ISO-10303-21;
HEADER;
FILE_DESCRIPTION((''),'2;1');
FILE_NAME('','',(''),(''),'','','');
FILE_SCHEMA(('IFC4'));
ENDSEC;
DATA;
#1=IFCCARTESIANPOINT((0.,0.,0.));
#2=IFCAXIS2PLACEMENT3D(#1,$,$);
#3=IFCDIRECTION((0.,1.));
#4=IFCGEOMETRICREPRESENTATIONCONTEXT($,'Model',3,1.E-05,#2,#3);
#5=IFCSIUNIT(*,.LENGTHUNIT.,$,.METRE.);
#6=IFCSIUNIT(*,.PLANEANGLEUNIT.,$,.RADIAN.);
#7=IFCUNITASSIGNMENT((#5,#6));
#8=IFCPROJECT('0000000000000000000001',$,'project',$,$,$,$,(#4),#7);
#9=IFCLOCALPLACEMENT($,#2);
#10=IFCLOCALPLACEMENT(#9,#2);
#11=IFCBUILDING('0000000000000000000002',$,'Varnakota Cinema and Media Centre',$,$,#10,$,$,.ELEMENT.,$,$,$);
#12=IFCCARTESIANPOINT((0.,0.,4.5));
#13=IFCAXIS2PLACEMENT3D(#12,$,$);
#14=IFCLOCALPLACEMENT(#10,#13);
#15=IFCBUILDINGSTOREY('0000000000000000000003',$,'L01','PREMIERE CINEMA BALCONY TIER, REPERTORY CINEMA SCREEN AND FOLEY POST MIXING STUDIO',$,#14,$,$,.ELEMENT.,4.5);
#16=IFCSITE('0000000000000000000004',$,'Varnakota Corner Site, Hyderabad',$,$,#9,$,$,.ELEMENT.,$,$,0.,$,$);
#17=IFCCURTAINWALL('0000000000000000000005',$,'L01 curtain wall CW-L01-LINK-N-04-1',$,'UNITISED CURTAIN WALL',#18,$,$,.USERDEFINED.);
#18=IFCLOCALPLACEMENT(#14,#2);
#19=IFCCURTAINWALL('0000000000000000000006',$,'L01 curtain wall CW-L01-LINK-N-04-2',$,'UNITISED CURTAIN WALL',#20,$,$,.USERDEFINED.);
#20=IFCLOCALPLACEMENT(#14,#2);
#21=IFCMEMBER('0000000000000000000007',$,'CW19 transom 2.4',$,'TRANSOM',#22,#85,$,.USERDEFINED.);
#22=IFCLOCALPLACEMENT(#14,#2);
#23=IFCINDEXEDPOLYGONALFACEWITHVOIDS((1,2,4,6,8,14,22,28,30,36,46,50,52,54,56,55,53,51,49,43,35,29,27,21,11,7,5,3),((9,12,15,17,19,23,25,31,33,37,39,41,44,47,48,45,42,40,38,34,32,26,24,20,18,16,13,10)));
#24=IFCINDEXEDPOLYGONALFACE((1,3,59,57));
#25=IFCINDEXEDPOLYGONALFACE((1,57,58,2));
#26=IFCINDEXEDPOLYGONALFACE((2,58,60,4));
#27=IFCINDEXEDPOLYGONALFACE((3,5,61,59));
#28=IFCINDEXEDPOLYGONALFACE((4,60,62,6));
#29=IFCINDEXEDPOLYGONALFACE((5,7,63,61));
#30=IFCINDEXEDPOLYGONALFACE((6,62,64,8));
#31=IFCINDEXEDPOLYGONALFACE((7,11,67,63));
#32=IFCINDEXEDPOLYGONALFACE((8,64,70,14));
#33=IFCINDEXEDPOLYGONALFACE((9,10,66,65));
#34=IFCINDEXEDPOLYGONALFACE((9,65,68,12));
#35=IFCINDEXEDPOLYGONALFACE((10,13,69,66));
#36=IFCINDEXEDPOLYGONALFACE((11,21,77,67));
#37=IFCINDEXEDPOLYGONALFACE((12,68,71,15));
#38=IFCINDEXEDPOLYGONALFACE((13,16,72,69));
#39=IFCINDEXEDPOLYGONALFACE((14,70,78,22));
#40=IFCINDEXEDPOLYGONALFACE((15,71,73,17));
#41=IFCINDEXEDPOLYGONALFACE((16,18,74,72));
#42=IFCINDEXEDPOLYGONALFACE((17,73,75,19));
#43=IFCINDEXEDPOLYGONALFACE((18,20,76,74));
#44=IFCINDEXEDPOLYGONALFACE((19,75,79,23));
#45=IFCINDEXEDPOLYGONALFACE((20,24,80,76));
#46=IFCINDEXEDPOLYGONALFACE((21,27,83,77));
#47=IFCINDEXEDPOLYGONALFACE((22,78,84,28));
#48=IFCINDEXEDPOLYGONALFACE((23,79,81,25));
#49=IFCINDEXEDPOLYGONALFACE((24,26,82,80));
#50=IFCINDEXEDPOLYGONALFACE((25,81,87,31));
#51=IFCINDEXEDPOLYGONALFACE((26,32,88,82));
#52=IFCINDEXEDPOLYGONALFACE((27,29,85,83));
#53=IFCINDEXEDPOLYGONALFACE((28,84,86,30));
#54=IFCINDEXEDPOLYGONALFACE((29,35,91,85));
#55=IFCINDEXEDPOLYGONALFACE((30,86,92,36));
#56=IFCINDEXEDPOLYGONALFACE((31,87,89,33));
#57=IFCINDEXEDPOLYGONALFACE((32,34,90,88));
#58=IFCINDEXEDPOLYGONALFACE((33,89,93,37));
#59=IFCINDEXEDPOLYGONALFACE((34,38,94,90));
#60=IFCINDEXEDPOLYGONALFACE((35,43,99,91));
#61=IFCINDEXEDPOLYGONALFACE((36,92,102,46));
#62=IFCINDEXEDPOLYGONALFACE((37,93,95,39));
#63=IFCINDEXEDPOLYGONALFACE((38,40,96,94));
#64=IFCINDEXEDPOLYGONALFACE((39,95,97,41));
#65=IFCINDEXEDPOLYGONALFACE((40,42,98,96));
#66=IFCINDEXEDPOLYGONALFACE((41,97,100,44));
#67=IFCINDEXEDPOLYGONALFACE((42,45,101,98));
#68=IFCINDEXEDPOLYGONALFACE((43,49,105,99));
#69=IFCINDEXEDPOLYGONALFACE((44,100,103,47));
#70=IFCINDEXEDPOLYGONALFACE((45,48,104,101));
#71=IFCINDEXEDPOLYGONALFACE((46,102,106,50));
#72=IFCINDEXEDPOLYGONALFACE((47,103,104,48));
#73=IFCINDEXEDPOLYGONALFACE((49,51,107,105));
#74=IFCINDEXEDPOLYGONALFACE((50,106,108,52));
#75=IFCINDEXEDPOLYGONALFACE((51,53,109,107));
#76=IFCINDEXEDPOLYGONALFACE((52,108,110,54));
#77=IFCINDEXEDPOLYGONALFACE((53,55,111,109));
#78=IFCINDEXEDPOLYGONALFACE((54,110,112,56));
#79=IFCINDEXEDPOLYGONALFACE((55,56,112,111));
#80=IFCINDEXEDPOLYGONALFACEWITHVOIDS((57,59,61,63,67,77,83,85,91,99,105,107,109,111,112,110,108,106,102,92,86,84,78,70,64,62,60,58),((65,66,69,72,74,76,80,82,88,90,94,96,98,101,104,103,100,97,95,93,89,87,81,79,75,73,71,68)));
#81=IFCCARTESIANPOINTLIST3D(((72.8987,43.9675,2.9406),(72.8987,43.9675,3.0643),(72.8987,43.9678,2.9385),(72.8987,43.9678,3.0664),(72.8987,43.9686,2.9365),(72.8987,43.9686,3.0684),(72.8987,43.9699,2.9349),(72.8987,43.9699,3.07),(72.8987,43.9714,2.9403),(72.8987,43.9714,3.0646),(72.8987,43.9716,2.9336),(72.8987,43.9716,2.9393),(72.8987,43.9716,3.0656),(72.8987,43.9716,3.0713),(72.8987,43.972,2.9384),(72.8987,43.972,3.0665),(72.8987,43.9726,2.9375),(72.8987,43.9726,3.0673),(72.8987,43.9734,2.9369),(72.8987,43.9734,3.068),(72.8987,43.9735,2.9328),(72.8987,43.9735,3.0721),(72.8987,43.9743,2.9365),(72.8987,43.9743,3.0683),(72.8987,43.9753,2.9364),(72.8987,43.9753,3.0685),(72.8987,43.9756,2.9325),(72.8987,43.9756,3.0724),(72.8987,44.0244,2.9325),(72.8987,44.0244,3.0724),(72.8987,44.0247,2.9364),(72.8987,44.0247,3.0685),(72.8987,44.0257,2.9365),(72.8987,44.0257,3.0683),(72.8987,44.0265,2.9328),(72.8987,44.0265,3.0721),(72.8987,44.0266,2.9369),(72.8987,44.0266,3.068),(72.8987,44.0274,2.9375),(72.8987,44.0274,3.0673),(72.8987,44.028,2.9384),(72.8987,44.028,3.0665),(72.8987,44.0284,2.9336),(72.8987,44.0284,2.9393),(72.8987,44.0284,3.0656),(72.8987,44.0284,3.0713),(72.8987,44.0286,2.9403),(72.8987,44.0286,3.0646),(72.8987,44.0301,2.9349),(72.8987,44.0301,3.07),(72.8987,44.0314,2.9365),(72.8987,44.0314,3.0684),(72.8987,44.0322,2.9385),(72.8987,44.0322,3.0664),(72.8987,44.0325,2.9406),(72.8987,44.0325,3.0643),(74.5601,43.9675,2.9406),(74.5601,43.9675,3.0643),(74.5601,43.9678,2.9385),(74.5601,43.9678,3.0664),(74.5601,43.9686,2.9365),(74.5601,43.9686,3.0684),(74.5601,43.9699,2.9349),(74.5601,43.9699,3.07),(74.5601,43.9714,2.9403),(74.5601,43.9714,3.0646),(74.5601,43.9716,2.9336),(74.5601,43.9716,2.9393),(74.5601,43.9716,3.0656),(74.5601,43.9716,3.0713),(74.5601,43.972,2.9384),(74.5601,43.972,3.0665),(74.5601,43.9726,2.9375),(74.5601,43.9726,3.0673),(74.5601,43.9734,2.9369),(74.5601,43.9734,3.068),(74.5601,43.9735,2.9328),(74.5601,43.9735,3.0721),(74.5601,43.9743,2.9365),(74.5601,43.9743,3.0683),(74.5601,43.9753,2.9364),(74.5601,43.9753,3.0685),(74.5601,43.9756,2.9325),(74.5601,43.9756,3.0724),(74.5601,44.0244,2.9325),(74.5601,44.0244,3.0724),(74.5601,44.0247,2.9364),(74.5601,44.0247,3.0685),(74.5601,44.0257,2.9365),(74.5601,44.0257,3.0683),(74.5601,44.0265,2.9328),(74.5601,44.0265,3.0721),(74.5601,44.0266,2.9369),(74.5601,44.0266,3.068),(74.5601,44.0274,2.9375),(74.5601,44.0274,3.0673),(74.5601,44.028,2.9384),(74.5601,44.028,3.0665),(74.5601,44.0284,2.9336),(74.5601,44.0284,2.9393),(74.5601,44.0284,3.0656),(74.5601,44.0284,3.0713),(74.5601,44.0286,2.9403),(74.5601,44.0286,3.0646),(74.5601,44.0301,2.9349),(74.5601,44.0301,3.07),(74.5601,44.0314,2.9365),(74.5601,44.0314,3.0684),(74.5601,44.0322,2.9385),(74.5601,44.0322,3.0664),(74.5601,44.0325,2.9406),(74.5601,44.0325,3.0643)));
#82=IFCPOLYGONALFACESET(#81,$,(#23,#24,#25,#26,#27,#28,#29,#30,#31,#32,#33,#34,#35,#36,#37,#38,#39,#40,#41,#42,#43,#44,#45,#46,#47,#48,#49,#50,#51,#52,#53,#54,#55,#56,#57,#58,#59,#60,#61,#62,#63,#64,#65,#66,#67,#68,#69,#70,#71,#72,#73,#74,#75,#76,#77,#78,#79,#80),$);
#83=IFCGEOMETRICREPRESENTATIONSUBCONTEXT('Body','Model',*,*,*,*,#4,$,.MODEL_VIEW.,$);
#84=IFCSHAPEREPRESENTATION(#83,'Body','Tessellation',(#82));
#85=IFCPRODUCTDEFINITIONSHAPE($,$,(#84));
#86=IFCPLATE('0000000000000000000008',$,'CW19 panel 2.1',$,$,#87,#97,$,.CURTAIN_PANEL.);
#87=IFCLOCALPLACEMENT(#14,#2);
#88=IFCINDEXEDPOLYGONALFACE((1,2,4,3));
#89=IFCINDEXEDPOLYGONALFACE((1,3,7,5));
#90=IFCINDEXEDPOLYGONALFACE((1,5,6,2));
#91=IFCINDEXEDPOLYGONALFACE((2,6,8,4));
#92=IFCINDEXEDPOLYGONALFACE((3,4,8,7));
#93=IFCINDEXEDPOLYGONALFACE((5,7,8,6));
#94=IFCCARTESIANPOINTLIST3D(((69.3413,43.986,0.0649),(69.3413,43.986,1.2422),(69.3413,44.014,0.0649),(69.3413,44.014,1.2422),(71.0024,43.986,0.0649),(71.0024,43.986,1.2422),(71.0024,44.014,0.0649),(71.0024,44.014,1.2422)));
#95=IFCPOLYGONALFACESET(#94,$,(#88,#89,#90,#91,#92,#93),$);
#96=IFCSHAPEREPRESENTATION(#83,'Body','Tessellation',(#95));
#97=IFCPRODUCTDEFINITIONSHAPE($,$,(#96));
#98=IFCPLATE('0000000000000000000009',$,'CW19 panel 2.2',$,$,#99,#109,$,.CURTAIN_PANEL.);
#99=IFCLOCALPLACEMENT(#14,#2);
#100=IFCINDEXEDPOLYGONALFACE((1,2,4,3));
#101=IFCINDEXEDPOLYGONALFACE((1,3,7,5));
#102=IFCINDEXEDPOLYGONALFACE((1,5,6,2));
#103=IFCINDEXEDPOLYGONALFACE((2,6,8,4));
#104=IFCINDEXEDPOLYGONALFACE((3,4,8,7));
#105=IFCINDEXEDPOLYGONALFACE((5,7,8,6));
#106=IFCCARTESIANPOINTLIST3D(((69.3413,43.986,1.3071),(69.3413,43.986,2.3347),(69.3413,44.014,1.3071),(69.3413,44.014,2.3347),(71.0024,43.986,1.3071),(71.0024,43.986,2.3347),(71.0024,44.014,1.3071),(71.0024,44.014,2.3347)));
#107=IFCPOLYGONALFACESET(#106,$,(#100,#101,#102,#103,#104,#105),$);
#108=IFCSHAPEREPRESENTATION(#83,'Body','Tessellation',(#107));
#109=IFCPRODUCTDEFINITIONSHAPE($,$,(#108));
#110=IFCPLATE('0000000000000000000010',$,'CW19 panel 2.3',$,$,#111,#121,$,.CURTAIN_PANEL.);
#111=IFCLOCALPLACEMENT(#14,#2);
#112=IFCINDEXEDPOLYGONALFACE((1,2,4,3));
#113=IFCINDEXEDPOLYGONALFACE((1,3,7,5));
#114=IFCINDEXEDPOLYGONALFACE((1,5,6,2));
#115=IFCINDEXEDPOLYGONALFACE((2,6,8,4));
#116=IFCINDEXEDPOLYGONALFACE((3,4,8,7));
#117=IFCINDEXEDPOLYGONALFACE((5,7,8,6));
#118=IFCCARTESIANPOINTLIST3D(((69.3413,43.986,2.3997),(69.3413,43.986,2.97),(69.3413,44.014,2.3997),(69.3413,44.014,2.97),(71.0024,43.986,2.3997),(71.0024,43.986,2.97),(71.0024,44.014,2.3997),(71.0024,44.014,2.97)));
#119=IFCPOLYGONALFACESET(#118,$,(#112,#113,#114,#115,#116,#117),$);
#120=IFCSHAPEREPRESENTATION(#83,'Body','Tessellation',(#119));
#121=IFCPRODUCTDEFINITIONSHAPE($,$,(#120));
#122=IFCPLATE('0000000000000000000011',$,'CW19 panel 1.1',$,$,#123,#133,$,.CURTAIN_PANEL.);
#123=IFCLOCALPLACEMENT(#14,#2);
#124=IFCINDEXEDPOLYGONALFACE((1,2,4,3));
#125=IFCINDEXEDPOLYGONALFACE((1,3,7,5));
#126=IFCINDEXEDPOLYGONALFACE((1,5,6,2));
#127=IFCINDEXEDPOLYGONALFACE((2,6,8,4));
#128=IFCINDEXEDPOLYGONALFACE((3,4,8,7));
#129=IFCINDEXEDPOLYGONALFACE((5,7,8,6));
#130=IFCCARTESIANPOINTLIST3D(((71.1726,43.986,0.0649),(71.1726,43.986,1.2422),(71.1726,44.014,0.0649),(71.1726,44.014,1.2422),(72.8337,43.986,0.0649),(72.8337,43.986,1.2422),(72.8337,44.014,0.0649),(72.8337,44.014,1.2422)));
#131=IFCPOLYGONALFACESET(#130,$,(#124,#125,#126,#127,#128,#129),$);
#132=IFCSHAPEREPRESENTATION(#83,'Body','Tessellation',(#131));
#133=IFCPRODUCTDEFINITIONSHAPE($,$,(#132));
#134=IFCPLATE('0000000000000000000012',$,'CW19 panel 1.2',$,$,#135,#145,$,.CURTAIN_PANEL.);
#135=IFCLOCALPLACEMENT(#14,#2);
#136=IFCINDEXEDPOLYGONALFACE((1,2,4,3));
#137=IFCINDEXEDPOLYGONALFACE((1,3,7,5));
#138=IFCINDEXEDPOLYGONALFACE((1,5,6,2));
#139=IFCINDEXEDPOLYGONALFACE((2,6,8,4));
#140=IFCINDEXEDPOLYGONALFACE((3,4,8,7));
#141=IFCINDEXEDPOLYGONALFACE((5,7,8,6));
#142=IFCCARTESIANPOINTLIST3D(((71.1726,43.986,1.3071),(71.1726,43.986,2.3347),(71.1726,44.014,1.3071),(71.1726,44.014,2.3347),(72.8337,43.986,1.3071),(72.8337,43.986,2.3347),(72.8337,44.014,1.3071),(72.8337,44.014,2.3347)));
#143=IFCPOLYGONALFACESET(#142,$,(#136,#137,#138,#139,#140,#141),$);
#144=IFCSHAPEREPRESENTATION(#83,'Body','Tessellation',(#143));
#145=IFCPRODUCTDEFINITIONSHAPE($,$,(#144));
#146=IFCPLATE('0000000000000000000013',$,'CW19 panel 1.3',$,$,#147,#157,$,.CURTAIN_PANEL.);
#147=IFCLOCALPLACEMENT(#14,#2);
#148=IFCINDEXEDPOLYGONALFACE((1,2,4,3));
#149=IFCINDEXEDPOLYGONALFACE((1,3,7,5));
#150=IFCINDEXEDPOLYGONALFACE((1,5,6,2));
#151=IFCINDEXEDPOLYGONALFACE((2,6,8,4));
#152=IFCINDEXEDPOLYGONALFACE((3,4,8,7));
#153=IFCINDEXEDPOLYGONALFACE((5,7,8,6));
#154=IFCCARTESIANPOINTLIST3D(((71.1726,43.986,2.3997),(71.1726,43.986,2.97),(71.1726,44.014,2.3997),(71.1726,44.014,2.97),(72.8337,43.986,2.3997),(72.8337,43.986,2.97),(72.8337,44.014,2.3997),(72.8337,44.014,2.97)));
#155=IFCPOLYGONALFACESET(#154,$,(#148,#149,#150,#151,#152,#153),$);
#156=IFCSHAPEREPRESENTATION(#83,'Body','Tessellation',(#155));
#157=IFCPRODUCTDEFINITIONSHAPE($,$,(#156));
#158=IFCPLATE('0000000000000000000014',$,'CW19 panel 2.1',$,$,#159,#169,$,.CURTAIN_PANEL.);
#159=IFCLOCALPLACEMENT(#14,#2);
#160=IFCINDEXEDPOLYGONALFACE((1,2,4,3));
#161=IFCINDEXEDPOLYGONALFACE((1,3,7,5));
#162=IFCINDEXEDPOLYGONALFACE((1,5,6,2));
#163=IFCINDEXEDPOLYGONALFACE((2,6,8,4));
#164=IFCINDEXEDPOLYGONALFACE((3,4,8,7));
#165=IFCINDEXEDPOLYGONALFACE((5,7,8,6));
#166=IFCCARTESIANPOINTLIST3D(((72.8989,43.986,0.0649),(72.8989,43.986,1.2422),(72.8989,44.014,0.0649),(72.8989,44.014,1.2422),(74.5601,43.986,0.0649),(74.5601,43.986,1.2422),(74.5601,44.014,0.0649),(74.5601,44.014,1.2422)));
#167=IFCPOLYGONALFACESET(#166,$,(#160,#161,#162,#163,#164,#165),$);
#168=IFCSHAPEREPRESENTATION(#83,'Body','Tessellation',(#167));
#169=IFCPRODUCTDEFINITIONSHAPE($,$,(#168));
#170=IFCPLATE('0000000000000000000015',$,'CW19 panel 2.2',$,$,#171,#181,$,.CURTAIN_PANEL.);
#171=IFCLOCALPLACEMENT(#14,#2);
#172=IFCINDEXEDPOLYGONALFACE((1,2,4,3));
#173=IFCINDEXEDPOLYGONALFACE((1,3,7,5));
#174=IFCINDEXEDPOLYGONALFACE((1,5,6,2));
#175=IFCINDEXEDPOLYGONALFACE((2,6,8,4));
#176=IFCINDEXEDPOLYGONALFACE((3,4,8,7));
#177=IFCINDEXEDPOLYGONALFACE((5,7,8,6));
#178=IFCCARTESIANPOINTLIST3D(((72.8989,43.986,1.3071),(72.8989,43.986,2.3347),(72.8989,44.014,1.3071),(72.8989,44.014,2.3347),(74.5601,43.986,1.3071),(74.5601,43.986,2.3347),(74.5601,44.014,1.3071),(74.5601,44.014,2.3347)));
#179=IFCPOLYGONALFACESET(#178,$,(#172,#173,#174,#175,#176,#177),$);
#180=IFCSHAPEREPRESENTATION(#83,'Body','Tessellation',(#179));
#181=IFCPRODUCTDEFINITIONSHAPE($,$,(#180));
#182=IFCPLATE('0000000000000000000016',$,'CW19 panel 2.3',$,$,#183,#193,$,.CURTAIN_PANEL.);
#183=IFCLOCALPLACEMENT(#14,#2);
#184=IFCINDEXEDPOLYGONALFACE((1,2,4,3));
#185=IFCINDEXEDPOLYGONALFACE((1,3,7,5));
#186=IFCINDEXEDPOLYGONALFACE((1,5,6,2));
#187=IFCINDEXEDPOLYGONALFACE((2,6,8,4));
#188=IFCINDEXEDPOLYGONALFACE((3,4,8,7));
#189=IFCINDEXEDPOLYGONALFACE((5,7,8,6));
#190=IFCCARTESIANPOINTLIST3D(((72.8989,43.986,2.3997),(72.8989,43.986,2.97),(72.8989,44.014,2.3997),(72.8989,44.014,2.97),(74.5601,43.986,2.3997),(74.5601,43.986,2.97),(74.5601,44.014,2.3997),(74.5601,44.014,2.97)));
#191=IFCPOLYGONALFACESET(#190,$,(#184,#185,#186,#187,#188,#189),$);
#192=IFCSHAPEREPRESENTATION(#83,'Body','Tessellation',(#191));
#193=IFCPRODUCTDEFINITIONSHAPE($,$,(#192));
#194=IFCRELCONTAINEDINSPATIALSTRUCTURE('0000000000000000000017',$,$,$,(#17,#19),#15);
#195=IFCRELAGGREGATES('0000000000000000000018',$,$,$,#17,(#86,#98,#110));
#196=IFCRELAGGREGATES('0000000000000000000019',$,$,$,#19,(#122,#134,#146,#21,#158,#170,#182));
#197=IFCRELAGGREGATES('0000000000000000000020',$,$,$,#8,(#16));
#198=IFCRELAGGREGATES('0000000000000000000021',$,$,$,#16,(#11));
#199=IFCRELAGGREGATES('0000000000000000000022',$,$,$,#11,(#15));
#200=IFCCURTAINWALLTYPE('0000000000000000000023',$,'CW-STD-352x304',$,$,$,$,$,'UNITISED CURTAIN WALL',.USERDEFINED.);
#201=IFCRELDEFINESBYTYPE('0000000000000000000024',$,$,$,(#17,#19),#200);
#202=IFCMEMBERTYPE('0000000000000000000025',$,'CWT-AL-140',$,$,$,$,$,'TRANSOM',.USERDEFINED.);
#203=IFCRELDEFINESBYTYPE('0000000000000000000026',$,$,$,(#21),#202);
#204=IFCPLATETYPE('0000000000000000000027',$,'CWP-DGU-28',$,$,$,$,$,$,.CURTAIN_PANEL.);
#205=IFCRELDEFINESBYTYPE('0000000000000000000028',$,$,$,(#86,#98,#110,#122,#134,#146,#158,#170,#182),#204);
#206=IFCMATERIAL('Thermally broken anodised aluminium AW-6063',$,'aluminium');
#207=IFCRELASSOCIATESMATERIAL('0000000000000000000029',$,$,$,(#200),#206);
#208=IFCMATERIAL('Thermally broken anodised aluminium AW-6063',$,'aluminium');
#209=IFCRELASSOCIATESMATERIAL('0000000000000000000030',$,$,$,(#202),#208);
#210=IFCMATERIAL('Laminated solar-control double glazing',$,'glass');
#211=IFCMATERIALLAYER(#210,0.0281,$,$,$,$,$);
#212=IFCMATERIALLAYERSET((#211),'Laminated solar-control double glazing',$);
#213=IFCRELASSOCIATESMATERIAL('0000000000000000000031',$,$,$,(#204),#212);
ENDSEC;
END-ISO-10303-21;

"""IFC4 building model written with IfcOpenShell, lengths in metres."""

from ifc_helpers import new_model, si_unit, direction, frame, origin, origin_2d, place, context, subcontext, project, spatial, rectangle, hollow_rectangle, extrude, material, layer, layer_set, material_profile, profile_set, type_object, element, aggregate, save


model = new_model("IFC4")

# Units and contexts
model_context = context("Model", 3, precision=1e-05, world=origin(), true_north=direction((0.0, 1.0)))
body_context = subcontext(model_context, "Body", "Model", "MODEL_VIEW")
ifc_project = project(units=[si_unit("LENGTHUNIT", "METRE"), si_unit("PLANEANGLEUNIT", "RADIAN")], contexts=[model_context])

# Site, building, storey
site_placement = place(None, origin())
site = spatial("IfcSite", under=ifc_project, at=site_placement, Name="Varnakota Corner Site, Hyderabad", CompositionType="ELEMENT", RefElevation=0.0)
building_placement = place(site_placement, origin())
building = spatial("IfcBuilding", under=site, at=building_placement, Name="Varnakota Cinema and Media Centre", CompositionType="ELEMENT")
storey_placement = place(building_placement, frame((0.0, 0.0, 4.5)))
storey = spatial("IfcBuildingStorey", under=building, at=storey_placement, Name="L01", Description="PREMIERE CINEMA BALCONY TIER, REPERTORY CINEMA SCREEN AND FOLEY POST MIXING STUDIO", CompositionType="ELEMENT", Elevation=4.5)

# Curtain wall
ifc_material_1 = material(Name="Thermally broken anodised aluminium AW-6063", Category="aluminium")
curtain_wall_type_1 = type_object("IfcCurtainWallType", Name="CW-STD-352x304", ElementType="UNITISED CURTAIN WALL", PredefinedType="USERDEFINED", material=ifc_material_1)
curtain_wall_1_placement = place(storey_placement, origin())
curtain_wall_1 = element("IfcCurtainWall", 1, at=curtain_wall_1_placement, inside=storey, type_object=curtain_wall_type_1, Name="L01 curtain wall CW-L01-LINK-N-04-1", ObjectType="UNITISED CURTAIN WALL", PredefinedType="USERDEFINED")

# Curtain wall
curtain_wall_2_placement = place(storey_placement, origin())
curtain_wall_2 = element("IfcCurtainWall", 2, at=curtain_wall_2_placement, inside=storey, type_object=curtain_wall_type_1, Name="L01 curtain wall CW-L01-LINK-N-04-2", ObjectType="UNITISED CURTAIN WALL", PredefinedType="USERDEFINED")

# Member
ifc_material_2 = material(Name="Thermally broken anodised aluminium AW-6063", Category="aluminium")
ifc_material_profile_1 = material_profile(ifc_material_2, hollow_rectangle(XDim=0.0649, YDim=0.1399, WallThickness=0.0039, InnerFilletRadius=0.0039, OuterFilletRadius=0.0081, at=origin_2d()), Name="AL-TRANSOM 140x65x4")
ifc_profile_set_1 = profile_set([ifc_material_profile_1], Name="Thermally broken anodised aluminium AW-6063")
member_type_1 = type_object("IfcMemberType", Name="CWT-AL-140", ElementType="TRANSOM", PredefinedType="USERDEFINED", material=ifc_profile_set_1)
member_1_placement = place(storey_placement, frame((72.8987, 44.0, 3.0024), z_axis=(1.0, 0.0, 0.0), x_axis=(0.0, 1.0, 0.0)))
member_1 = element("IfcMember", 3, at=member_1_placement, type_object=member_type_1, Name="CW19 transom 2.4", ObjectType="TRANSOM", PredefinedType="USERDEFINED", context=body_context, shape_type="SweptSolid", body=[
    extrude(hollow_rectangle(XDim=0.0649, YDim=0.1399, WallThickness=0.0039, InnerFilletRadius=0.0039, OuterFilletRadius=0.0081, at=origin_2d()), origin(), (0.0, 0.0, 1.0), 1.6614),
])

# Plates
ifc_material_3 = material(Name="Laminated solar-control double glazing", Category="glass")
ifc_layer = layer(ifc_material_3, 0.0281)
ifc_layer_set = layer_set([ifc_layer], Name="Laminated solar-control double glazing")
plate_type = type_object("IfcPlateType", Name="CWP-DGU-28", PredefinedType="CURTAIN_PANEL", material=ifc_layer_set)
plate_1_placement = place(storey_placement, frame((70.1719, 44.0, 0.0649), z_axis=(0.0, 0.0, 1.0), x_axis=(1.0, 0.0, 0.0)))
plate_1 = element("IfcPlate", 4, at=plate_1_placement, type_object=plate_type, Name="CW19 panel 2.1", PredefinedType="CURTAIN_PANEL", context=body_context, shape_type="SweptSolid", body=[
    extrude(rectangle(XDim=1.6611, YDim=0.0281, at=origin_2d()), origin(), (0.0, 0.0, 1.0), 1.1772),
])
plate_2_placement = place(storey_placement, frame((70.1719, 44.0, 1.3071), z_axis=(0.0, 0.0, 1.0), x_axis=(1.0, 0.0, 0.0)))
plate_2 = element("IfcPlate", 5, at=plate_2_placement, type_object=plate_type, Name="CW19 panel 2.2", PredefinedType="CURTAIN_PANEL", context=body_context, shape_type="SweptSolid", body=[
    extrude(rectangle(XDim=1.6611, YDim=0.0281, at=origin_2d()), origin(), (0.0, 0.0, 1.0), 1.0276),
])
plate_3_placement = place(storey_placement, frame((70.1719, 44.0, 2.3997), z_axis=(0.0, 0.0, 1.0), x_axis=(1.0, 0.0, 0.0)))
plate_3 = element("IfcPlate", 6, at=plate_3_placement, type_object=plate_type, Name="CW19 panel 2.3", PredefinedType="CURTAIN_PANEL", context=body_context, shape_type="SweptSolid", body=[
    extrude(rectangle(XDim=1.6611, YDim=0.0281, at=origin_2d()), origin(), (0.0, 0.0, 1.0), 0.5703),
])
aggregate(curtain_wall_1, [plate_1, plate_2, plate_3])
plate_4_placement = place(storey_placement, frame((72.0032, 44.0, 0.0649), z_axis=(0.0, 0.0, 1.0), x_axis=(1.0, 0.0, 0.0)))
plate_4 = element("IfcPlate", 7, at=plate_4_placement, type_object=plate_type, Name="CW19 panel 1.1", PredefinedType="CURTAIN_PANEL", context=body_context, shape_type="SweptSolid", body=[
    extrude(rectangle(XDim=1.6611, YDim=0.0281, at=origin_2d()), origin(), (0.0, 0.0, 1.0), 1.1772),
])
plate_5_placement = place(storey_placement, frame((72.0032, 44.0, 1.3071), z_axis=(0.0, 0.0, 1.0), x_axis=(1.0, 0.0, 0.0)))
plate_5 = element("IfcPlate", 8, at=plate_5_placement, type_object=plate_type, Name="CW19 panel 1.2", PredefinedType="CURTAIN_PANEL", context=body_context, shape_type="SweptSolid", body=[
    extrude(rectangle(XDim=1.6611, YDim=0.0281, at=origin_2d()), origin(), (0.0, 0.0, 1.0), 1.0276),
])
plate_6_placement = place(storey_placement, frame((72.0032, 44.0, 2.3997), z_axis=(0.0, 0.0, 1.0), x_axis=(1.0, 0.0, 0.0)))
plate_6 = element("IfcPlate", 9, at=plate_6_placement, type_object=plate_type, Name="CW19 panel 1.3", PredefinedType="CURTAIN_PANEL", context=body_context, shape_type="SweptSolid", body=[
    extrude(rectangle(XDim=1.6611, YDim=0.0281, at=origin_2d()), origin(), (0.0, 0.0, 1.0), 0.5703),
])
plate_7_placement = place(storey_placement, frame((73.7295, 44.0, 0.0649), z_axis=(0.0, 0.0, 1.0), x_axis=(1.0, 0.0, 0.0)))
plate_7 = element("IfcPlate", 10, at=plate_7_placement, type_object=plate_type, Name="CW19 panel 2.1", PredefinedType="CURTAIN_PANEL", context=body_context, shape_type="SweptSolid", body=[
    extrude(rectangle(XDim=1.6611, YDim=0.0281, at=origin_2d()), origin(), (0.0, 0.0, 1.0), 1.1772),
])
plate_8_placement = place(storey_placement, frame((73.7295, 44.0, 1.3071), z_axis=(0.0, 0.0, 1.0), x_axis=(1.0, 0.0, 0.0)))
plate_8 = element("IfcPlate", 11, at=plate_8_placement, type_object=plate_type, Name="CW19 panel 2.2", PredefinedType="CURTAIN_PANEL", context=body_context, shape_type="SweptSolid", body=[
    extrude(rectangle(XDim=1.6611, YDim=0.0281, at=origin_2d()), origin(), (0.0, 0.0, 1.0), 1.0276),
])
plate_9_placement = place(storey_placement, frame((73.7295, 44.0, 2.3997), z_axis=(0.0, 0.0, 1.0), x_axis=(1.0, 0.0, 0.0)))
plate_9 = element("IfcPlate", 12, at=plate_9_placement, type_object=plate_type, Name="CW19 panel 2.3", PredefinedType="CURTAIN_PANEL", context=body_context, shape_type="SweptSolid", body=[
    extrude(rectangle(XDim=1.6611, YDim=0.0281, at=origin_2d()), origin(), (0.0, 0.0, 1.0), 0.5703),
])
aggregate(curtain_wall_2, [plate_4, plate_5, plate_6, member_1, plate_7, plate_8, plate_9])

save(model, "model.ifc")
